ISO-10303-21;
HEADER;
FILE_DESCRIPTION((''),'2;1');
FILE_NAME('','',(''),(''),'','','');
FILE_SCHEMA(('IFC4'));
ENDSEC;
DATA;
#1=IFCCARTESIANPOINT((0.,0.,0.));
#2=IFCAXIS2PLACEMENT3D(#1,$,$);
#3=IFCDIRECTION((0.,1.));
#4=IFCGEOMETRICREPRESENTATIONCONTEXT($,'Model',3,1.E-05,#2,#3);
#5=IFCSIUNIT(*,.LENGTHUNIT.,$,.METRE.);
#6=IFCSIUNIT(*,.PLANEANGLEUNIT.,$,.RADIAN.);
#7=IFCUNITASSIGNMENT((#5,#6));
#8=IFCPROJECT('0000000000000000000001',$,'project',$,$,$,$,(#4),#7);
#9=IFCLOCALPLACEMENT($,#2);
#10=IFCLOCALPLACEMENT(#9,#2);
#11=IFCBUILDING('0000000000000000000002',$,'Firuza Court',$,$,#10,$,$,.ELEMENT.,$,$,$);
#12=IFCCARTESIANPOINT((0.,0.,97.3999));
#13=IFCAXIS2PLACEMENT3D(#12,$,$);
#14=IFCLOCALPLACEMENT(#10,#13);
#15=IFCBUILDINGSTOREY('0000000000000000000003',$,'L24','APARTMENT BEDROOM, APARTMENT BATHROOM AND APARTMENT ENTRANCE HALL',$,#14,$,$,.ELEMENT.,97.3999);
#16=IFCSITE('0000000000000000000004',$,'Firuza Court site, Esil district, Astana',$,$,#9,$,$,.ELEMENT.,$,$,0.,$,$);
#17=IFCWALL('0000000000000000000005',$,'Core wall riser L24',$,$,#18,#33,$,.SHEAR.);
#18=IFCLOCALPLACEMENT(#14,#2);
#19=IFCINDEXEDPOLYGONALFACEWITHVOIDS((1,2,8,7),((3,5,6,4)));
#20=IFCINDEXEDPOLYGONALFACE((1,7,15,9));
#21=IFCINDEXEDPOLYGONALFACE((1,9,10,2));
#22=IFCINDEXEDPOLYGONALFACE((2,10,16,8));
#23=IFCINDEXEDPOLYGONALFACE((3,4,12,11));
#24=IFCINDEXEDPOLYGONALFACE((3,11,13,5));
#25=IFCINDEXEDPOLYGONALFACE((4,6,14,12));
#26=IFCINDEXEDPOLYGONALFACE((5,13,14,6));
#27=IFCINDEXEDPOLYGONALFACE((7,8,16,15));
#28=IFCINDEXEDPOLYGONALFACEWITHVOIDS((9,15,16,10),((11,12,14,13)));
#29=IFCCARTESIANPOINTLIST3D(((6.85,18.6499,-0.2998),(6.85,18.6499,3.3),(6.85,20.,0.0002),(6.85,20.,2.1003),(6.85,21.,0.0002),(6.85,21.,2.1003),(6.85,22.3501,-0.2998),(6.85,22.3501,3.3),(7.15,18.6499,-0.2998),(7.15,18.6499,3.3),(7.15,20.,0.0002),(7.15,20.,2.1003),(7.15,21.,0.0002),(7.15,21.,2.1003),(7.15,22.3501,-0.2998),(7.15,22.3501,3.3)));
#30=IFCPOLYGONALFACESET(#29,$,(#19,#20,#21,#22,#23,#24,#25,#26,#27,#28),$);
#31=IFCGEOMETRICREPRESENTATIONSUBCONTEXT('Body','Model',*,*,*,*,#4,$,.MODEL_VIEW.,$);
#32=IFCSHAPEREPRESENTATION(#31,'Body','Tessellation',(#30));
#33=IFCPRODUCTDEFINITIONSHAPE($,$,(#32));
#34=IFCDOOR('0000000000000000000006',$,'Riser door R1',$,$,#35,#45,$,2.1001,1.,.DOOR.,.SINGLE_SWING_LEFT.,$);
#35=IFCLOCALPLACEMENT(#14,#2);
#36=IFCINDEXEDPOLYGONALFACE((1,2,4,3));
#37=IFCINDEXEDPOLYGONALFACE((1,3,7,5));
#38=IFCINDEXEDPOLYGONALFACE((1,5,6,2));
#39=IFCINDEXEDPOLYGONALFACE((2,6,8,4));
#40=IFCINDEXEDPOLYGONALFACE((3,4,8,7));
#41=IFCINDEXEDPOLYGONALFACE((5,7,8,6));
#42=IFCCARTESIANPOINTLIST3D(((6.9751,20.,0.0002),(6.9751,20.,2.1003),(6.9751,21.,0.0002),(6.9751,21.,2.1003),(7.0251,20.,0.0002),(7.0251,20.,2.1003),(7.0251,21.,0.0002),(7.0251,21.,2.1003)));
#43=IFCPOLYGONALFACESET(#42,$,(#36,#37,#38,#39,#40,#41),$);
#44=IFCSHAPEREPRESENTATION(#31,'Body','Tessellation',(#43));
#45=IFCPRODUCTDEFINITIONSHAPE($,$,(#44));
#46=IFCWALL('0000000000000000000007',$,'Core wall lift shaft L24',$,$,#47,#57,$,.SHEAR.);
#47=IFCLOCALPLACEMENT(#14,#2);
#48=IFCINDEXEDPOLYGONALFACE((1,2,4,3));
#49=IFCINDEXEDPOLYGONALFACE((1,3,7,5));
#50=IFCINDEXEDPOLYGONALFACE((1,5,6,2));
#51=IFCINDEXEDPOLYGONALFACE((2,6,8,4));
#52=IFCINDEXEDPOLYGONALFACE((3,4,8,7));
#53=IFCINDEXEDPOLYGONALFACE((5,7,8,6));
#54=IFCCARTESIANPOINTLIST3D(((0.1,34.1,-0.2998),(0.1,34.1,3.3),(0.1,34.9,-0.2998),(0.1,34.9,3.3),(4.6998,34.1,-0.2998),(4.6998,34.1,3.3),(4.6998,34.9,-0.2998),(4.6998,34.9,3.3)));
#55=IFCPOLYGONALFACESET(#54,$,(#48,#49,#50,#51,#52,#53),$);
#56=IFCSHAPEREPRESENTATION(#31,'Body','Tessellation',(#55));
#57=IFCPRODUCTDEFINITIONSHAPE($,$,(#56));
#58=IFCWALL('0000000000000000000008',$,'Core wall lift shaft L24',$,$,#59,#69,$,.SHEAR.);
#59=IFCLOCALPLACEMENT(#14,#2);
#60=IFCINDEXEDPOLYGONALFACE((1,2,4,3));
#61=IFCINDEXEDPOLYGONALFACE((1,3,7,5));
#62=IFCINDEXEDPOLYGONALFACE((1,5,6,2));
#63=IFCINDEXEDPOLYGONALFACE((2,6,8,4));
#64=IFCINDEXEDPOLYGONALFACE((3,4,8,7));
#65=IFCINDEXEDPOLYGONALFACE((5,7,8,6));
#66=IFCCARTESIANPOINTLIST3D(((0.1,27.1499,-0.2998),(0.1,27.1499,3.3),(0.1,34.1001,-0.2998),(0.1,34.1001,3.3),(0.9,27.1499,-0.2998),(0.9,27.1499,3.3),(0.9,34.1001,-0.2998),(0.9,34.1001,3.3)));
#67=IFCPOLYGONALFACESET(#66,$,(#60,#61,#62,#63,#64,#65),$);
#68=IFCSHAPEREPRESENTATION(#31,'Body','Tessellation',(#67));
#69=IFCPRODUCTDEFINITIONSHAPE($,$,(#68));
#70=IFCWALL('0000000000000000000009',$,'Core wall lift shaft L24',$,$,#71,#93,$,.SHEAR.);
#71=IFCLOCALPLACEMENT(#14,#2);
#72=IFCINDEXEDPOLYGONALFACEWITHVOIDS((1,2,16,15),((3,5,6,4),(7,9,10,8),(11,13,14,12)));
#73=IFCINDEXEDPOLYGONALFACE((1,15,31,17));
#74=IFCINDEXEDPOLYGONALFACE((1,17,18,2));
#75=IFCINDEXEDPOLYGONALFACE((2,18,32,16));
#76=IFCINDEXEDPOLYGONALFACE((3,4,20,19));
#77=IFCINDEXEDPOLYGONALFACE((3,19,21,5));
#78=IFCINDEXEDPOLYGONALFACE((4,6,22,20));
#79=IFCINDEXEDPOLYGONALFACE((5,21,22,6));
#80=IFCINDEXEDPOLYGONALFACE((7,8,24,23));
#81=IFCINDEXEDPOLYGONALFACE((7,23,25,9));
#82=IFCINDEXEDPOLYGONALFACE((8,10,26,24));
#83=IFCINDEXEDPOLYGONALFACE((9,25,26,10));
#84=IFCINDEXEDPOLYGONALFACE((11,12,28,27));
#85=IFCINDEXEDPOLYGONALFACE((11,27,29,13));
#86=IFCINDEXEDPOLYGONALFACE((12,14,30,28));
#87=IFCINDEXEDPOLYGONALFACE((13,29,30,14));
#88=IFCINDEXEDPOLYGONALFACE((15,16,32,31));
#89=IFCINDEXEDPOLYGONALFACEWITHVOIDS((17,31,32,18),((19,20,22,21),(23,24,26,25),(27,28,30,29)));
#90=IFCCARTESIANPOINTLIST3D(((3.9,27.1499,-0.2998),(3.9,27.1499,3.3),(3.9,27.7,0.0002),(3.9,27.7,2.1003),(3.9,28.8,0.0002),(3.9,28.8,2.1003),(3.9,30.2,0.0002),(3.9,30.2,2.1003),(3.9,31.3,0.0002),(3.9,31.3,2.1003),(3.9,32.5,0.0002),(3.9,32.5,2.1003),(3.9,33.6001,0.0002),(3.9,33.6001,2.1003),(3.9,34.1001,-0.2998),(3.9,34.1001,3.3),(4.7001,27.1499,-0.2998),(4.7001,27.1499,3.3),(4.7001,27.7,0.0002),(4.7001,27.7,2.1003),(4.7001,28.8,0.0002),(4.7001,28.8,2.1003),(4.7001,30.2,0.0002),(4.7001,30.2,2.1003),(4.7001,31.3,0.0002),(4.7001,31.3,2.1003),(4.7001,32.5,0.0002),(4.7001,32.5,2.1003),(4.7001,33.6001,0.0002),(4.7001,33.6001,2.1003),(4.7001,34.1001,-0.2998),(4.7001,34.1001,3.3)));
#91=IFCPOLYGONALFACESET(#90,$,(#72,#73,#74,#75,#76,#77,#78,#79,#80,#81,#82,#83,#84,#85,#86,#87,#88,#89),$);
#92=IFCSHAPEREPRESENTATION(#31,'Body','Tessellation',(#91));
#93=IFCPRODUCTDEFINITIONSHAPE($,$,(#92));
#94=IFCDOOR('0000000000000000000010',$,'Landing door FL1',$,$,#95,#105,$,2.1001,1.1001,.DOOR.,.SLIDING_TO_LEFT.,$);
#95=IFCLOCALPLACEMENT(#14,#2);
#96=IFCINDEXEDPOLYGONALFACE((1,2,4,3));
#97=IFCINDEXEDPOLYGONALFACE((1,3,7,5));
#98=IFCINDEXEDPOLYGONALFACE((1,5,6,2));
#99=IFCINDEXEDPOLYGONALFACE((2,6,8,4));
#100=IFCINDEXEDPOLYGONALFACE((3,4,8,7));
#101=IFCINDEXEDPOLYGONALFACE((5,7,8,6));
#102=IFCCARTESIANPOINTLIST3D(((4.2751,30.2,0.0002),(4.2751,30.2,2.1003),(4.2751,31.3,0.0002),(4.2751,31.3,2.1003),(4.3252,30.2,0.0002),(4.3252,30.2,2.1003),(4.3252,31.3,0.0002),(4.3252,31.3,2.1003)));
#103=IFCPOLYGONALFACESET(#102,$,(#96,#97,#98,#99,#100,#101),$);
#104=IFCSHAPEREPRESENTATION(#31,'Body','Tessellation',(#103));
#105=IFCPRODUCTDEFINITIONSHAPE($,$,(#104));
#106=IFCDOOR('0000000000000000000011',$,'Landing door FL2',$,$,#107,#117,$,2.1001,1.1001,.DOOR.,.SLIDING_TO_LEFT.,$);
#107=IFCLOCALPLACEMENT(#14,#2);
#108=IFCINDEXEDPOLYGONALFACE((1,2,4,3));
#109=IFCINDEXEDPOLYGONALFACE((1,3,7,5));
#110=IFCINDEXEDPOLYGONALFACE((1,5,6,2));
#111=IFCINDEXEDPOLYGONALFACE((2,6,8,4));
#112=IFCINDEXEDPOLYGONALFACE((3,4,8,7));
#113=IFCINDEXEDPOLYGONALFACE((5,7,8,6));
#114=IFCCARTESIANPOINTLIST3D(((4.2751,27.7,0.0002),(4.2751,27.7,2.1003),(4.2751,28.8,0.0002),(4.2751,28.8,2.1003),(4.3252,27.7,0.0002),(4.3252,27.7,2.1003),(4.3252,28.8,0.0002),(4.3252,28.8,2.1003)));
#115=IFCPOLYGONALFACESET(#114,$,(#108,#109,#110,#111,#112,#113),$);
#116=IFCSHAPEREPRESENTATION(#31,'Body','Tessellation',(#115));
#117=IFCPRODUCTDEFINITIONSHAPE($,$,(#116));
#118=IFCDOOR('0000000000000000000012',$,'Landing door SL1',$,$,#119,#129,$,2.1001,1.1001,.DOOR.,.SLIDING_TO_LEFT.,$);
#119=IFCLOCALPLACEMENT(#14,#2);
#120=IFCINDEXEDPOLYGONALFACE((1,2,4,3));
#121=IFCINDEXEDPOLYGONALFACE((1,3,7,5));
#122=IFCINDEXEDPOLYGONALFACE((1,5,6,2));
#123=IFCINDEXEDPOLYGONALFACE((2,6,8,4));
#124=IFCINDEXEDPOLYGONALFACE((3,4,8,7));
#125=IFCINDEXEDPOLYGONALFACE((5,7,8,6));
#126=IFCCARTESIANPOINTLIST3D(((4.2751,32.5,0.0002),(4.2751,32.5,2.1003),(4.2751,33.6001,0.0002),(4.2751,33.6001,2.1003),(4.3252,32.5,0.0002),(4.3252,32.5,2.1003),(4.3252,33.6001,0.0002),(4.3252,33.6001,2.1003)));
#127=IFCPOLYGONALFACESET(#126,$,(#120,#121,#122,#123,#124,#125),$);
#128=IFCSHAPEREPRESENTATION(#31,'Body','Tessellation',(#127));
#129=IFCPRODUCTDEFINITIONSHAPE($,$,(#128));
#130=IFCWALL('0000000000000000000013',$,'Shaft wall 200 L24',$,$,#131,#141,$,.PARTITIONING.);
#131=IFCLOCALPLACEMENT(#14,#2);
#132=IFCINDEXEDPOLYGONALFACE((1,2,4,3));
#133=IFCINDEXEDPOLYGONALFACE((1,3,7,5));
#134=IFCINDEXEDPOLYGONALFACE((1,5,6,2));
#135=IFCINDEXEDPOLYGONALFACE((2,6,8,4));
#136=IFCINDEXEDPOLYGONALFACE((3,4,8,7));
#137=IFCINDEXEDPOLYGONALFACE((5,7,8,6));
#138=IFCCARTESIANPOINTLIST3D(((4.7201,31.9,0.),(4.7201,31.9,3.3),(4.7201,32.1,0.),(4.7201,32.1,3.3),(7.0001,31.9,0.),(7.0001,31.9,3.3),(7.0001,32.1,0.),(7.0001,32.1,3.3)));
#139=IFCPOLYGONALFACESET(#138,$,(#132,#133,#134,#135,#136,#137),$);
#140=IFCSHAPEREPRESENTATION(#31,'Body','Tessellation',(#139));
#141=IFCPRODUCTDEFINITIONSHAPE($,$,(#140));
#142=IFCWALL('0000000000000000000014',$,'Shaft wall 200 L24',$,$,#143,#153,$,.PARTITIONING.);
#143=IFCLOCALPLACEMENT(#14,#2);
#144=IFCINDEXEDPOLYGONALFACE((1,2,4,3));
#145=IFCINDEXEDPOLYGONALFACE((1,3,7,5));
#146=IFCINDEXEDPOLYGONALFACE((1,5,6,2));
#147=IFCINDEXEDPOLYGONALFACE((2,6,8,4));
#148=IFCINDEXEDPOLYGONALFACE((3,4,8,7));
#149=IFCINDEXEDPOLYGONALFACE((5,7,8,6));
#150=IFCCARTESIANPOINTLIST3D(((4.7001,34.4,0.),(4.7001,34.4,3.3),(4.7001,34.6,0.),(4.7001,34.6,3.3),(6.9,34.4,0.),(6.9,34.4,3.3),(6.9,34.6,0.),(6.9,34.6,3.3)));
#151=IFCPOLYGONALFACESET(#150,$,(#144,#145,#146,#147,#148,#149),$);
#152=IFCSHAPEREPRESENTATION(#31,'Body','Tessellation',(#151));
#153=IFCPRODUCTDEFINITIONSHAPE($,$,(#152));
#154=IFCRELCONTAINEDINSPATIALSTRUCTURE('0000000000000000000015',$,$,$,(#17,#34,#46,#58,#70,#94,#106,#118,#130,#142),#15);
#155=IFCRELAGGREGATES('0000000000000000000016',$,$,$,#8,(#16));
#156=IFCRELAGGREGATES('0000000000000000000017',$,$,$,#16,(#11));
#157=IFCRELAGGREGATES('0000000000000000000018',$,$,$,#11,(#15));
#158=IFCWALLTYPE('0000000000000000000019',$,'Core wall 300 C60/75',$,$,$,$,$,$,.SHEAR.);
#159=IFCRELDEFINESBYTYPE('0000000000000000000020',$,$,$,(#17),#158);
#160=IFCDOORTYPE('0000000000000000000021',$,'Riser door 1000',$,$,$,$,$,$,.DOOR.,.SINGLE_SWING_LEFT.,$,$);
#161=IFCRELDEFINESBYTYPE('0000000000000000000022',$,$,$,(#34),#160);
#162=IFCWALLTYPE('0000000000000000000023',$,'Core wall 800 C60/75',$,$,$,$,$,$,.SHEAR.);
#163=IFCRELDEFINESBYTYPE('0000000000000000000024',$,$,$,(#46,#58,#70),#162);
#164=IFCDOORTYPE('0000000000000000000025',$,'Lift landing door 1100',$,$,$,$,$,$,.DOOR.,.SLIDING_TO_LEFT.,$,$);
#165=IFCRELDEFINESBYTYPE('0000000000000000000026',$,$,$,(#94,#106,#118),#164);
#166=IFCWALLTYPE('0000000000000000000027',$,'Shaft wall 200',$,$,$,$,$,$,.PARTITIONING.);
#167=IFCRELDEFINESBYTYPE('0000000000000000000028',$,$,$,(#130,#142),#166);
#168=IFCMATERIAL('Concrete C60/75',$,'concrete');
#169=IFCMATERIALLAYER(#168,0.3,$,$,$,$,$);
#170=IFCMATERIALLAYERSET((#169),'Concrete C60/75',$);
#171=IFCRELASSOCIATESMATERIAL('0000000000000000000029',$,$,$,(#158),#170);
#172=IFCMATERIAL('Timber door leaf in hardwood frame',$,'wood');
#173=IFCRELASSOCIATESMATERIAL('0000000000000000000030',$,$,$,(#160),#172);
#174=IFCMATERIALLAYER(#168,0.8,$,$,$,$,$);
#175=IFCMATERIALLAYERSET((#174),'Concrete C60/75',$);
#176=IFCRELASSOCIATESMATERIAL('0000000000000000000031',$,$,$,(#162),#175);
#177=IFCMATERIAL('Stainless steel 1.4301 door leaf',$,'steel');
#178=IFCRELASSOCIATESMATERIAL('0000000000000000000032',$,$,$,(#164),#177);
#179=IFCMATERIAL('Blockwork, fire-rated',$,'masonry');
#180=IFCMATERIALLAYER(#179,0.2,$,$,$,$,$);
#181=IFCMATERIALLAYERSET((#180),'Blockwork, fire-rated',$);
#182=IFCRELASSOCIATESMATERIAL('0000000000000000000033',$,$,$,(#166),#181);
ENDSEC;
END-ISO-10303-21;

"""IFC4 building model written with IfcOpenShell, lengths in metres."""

from ifc_helpers import new_model, si_unit, direction, frame, frame_2d, origin, place, context, subcontext, project, spatial, rectangle, extrude, material, layer, layer_set, type_object, element, fill, save


model = new_model("IFC4")

# Units and contexts
model_context = context("Model", 3, precision=1e-05, world=origin(), true_north=direction((0.0, 1.0)))
body_context = subcontext(model_context, "Body", "Model", "MODEL_VIEW")
ifc_project = project(units=[si_unit("LENGTHUNIT", "METRE"), si_unit("PLANEANGLEUNIT", "RADIAN")], contexts=[model_context])

# Site, building, storey
site_placement = place(None, origin())
site = spatial("IfcSite", under=ifc_project, at=site_placement, Name="Firuza Court site, Esil district, Astana", CompositionType="ELEMENT", RefElevation=0.0)
building_placement = place(site_placement, origin())
building = spatial("IfcBuilding", under=site, at=building_placement, Name="Firuza Court", CompositionType="ELEMENT")
storey_placement = place(building_placement, frame((0.0, 0.0, 97.3999)))
storey = spatial("IfcBuildingStorey", under=building, at=storey_placement, Name="L24", Description="APARTMENT BEDROOM, APARTMENT BATHROOM AND APARTMENT ENTRANCE HALL", CompositionType="ELEMENT", Elevation=97.3999)

# Shared definitions
ifc_material_1 = material(Name="Concrete C60/75", Category="concrete")
ifc_layer_1 = layer(ifc_material_1, 0.3)
ifc_layer_set_1 = layer_set([ifc_layer_1], Name="Concrete C60/75")
wall_type_1 = type_object("IfcWallType", Name="Core wall 300 C60/75", PredefinedType="SHEAR", material=ifc_layer_set_1)

# Wall, opening, door
wall_1_placement = place(storey_placement, frame((7.0, 18.6499, -0.2998), z_axis=(0.0, 0.0, 1.0), x_axis=(0.0, 1.0, 0.0)))
wall_1 = element("IfcWall", 1, at=wall_1_placement, inside=storey, type_object=wall_type_1, Name="Core wall riser L24", PredefinedType="SHEAR", context=body_context, shape_type="SweptSolid", body=[
    extrude(rectangle(XDim=3.7002, YDim=0.3, at=frame_2d((1.8501, 0.0))), origin(), (0.0, 0.0, 1.0), 3.5999),
])
opening_1_placement = place(wall_1_placement, frame((1.3501, 0.0, 0.3)))
opening_1 = element("IfcOpeningElement", 2, at=opening_1_placement, cuts=wall_1, PredefinedType="OPENING", context=body_context, shape_type="SweptSolid", body=[
    extrude(rectangle(XDim=1.0, YDim=2.1001, at=frame_2d((0.5, 1.05))), frame((0.0, 0.1621, 0.0), z_axis=(0.0, -1.0, 0.0), x_axis=(1.0, 0.0, 0.0)), (0.0, 0.0, 1.0), 0.324),
])
ifc_material_2 = material(Name="Timber door leaf in hardwood frame", Category="wood")
door_type_1 = type_object("IfcDoorType", Name="Riser door 1000", OperationType="SINGLE_SWING_LEFT", PredefinedType="DOOR", material=ifc_material_2)
door_1_placement = place(opening_1_placement, origin())
door_1 = element("IfcDoor", 3, at=door_1_placement, inside=storey, type_object=door_type_1, Name="Riser door R1", OperationType="SINGLE_SWING_LEFT", OverallHeight=2.1001, OverallWidth=1.0, PredefinedType="DOOR", context=body_context, shape_type="SweptSolid", body=[
    extrude(rectangle(XDim=1.0, YDim=2.1001, at=frame_2d((0.5, 1.05))), frame((0.0, 0.0249, 0.0), z_axis=(0.0, -1.0, 0.0), x_axis=(1.0, 0.0, 0.0)), (0.0, 0.0, 1.0), 0.05),
])
fill(opening_1, door_1)

# Walls
ifc_layer_2 = layer(ifc_material_1, 0.8)
ifc_layer_set_2 = layer_set([ifc_layer_2], Name="Concrete C60/75")
wall_type_2 = type_object("IfcWallType", Name="Core wall 800 C60/75", PredefinedType="SHEAR", material=ifc_layer_set_2)
wall_2_placement = place(storey_placement, frame((0.1001, 34.5, -0.2998), z_axis=(0.0, 0.0, 1.0), x_axis=(1.0, 0.0, 0.0)))
element("IfcWall", 4, at=wall_2_placement, inside=storey, type_object=wall_type_2, Name="Core wall lift shaft L24", PredefinedType="SHEAR", context=body_context, shape_type="SweptSolid", body=[
    extrude(rectangle(XDim=4.5999, YDim=0.8, at=frame_2d((2.2998, 0.0))), origin(), (0.0, 0.0, 1.0), 3.5999),
])
wall_3_placement = place(storey_placement, frame((0.5, 27.1499, -0.2998), z_axis=(0.0, 0.0, 1.0), x_axis=(0.0, 1.0, 0.0)))
element("IfcWall", 5, at=wall_3_placement, inside=storey, type_object=wall_type_2, Name="Core wall lift shaft L24", PredefinedType="SHEAR", context=body_context, shape_type="SweptSolid", body=[
    extrude(rectangle(XDim=6.9502, YDim=0.8, at=frame_2d((3.4751, 0.0))), origin(), (0.0, 0.0, 1.0), 3.5999),
])

# Wall, openings, doors
wall_4_placement = place(storey_placement, frame((4.3, 27.1499, -0.2998), z_axis=(0.0, 0.0, 1.0), x_axis=(0.0, 1.0, 0.0)))
wall_4 = element("IfcWall", 6, at=wall_4_placement, inside=storey, type_object=wall_type_2, Name="Core wall lift shaft L24", PredefinedType="SHEAR", context=body_context, shape_type="SweptSolid", body=[
    extrude(rectangle(XDim=6.9502, YDim=0.8, at=frame_2d((3.4751, 0.0))), origin(), (0.0, 0.0, 1.0), 3.5999),
])
opening_2_placement = place(wall_4_placement, frame((3.05, 0.0, 0.3)))
opening_2 = element("IfcOpeningElement", 7, at=opening_2_placement, cuts=wall_4, PredefinedType="OPENING", context=body_context, shape_type="SweptSolid", body=[
    extrude(rectangle(XDim=1.1001, YDim=2.1001, at=frame_2d((0.55, 1.05))), frame((0.0, 0.4121, 0.0), z_axis=(0.0, -1.0, 0.0), x_axis=(1.0, 0.0, 0.0)), (0.0, 0.0, 1.0), 0.824),
])
opening_3_placement = place(wall_4_placement, frame((0.55, 0.0, 0.3)))
opening_3 = element("IfcOpeningElement", 8, at=opening_3_placement, cuts=wall_4, PredefinedType="OPENING", context=body_context, shape_type="SweptSolid", body=[
    extrude(rectangle(XDim=1.1001, YDim=2.1001, at=frame_2d((0.55, 1.05))), frame((0.0, 0.4121, 0.0), z_axis=(0.0, -1.0, 0.0), x_axis=(1.0, 0.0, 0.0)), (0.0, 0.0, 1.0), 0.824),
])
opening_4_placement = place(wall_4_placement, frame((5.3501, 0.0, 0.3)))
opening_4 = element("IfcOpeningElement", 9, at=opening_4_placement, cuts=wall_4, PredefinedType="OPENING", context=body_context, shape_type="SweptSolid", body=[
    extrude(rectangle(XDim=1.1001, YDim=2.1001, at=frame_2d((0.55, 1.05))), frame((0.0, 0.4121, 0.0), z_axis=(0.0, -1.0, 0.0), x_axis=(1.0, 0.0, 0.0)), (0.0, 0.0, 1.0), 0.824),
])
ifc_material_3 = material(Name="Stainless steel 1.4301 door leaf", Category="steel")
door_type_2 = type_object("IfcDoorType", Name="Lift landing door 1100", OperationType="SLIDING_TO_LEFT", PredefinedType="DOOR", material=ifc_material_3)
door_2_placement = place(opening_2_placement, origin())
door_2 = element("IfcDoor", 10, at=door_2_placement, inside=storey, type_object=door_type_2, Name="Landing door FL1", OperationType="SLIDING_TO_LEFT", OverallHeight=2.1001, OverallWidth=1.1001, PredefinedType="DOOR", context=body_context, shape_type="SweptSolid", body=[
    extrude(rectangle(XDim=1.1001, YDim=2.1001, at=frame_2d((0.55, 1.05))), frame((0.0, 0.0249, 0.0), z_axis=(0.0, -1.0, 0.0), x_axis=(1.0, 0.0, 0.0)), (0.0, 0.0, 1.0), 0.05),
])
fill(opening_2, door_2)
door_3_placement = place(opening_3_placement, origin())
door_3 = element("IfcDoor", 11, at=door_3_placement, inside=storey, type_object=door_type_2, Name="Landing door FL2", OperationType="SLIDING_TO_LEFT", OverallHeight=2.1001, OverallWidth=1.1001, PredefinedType="DOOR", context=body_context, shape_type="SweptSolid", body=[
    extrude(rectangle(XDim=1.1001, YDim=2.1001, at=frame_2d((0.55, 1.05))), frame((0.0, 0.0249, 0.0), z_axis=(0.0, -1.0, 0.0), x_axis=(1.0, 0.0, 0.0)), (0.0, 0.0, 1.0), 0.05),
])
fill(opening_3, door_3)
door_4_placement = place(opening_4_placement, origin())
door_4 = element("IfcDoor", 12, at=door_4_placement, inside=storey, type_object=door_type_2, Name="Landing door SL1", OperationType="SLIDING_TO_LEFT", OverallHeight=2.1001, OverallWidth=1.1001, PredefinedType="DOOR", context=body_context, shape_type="SweptSolid", body=[
    extrude(rectangle(XDim=1.1001, YDim=2.1001, at=frame_2d((0.55, 1.05))), frame((0.0, 0.0249, 0.0), z_axis=(0.0, -1.0, 0.0), x_axis=(1.0, 0.0, 0.0)), (0.0, 0.0, 1.0), 0.05),
])
fill(opening_4, door_4)

# Walls
ifc_material_4 = material(Name="Blockwork, fire-rated", Category="masonry")
ifc_layer_3 = layer(ifc_material_4, 0.2)
ifc_layer_set_3 = layer_set([ifc_layer_3], Name="Blockwork, fire-rated")
wall_type_3 = type_object("IfcWallType", Name="Shaft wall 200", PredefinedType="PARTITIONING", material=ifc_layer_set_3)
wall_5_placement = place(storey_placement, frame((4.72, 32.0, 0.0), z_axis=(0.0, 0.0, 1.0), x_axis=(1.0, 0.0, 0.0)))
element("IfcWall", 13, at=wall_5_placement, inside=storey, type_object=wall_type_3, Name="Shaft wall 200 L24", PredefinedType="PARTITIONING", context=body_context, shape_type="SweptSolid", body=[
    extrude(rectangle(XDim=2.28, YDim=0.2, at=frame_2d((1.1401, 0.0))), origin(), (0.0, 0.0, 1.0), 3.3),
])
wall_6_placement = place(storey_placement, frame((4.7, 34.5, 0.0), z_axis=(0.0, 0.0, 1.0), x_axis=(1.0, 0.0, 0.0)))
element("IfcWall", 14, at=wall_6_placement, inside=storey, type_object=wall_type_3, Name="Shaft wall 200 L24", PredefinedType="PARTITIONING", context=body_context, shape_type="SweptSolid", body=[
    extrude(rectangle(XDim=2.2, YDim=0.2, at=frame_2d((1.1001, 0.0))), origin(), (0.0, 0.0, 1.0), 3.3),
])

save(model, "model.ifc")
